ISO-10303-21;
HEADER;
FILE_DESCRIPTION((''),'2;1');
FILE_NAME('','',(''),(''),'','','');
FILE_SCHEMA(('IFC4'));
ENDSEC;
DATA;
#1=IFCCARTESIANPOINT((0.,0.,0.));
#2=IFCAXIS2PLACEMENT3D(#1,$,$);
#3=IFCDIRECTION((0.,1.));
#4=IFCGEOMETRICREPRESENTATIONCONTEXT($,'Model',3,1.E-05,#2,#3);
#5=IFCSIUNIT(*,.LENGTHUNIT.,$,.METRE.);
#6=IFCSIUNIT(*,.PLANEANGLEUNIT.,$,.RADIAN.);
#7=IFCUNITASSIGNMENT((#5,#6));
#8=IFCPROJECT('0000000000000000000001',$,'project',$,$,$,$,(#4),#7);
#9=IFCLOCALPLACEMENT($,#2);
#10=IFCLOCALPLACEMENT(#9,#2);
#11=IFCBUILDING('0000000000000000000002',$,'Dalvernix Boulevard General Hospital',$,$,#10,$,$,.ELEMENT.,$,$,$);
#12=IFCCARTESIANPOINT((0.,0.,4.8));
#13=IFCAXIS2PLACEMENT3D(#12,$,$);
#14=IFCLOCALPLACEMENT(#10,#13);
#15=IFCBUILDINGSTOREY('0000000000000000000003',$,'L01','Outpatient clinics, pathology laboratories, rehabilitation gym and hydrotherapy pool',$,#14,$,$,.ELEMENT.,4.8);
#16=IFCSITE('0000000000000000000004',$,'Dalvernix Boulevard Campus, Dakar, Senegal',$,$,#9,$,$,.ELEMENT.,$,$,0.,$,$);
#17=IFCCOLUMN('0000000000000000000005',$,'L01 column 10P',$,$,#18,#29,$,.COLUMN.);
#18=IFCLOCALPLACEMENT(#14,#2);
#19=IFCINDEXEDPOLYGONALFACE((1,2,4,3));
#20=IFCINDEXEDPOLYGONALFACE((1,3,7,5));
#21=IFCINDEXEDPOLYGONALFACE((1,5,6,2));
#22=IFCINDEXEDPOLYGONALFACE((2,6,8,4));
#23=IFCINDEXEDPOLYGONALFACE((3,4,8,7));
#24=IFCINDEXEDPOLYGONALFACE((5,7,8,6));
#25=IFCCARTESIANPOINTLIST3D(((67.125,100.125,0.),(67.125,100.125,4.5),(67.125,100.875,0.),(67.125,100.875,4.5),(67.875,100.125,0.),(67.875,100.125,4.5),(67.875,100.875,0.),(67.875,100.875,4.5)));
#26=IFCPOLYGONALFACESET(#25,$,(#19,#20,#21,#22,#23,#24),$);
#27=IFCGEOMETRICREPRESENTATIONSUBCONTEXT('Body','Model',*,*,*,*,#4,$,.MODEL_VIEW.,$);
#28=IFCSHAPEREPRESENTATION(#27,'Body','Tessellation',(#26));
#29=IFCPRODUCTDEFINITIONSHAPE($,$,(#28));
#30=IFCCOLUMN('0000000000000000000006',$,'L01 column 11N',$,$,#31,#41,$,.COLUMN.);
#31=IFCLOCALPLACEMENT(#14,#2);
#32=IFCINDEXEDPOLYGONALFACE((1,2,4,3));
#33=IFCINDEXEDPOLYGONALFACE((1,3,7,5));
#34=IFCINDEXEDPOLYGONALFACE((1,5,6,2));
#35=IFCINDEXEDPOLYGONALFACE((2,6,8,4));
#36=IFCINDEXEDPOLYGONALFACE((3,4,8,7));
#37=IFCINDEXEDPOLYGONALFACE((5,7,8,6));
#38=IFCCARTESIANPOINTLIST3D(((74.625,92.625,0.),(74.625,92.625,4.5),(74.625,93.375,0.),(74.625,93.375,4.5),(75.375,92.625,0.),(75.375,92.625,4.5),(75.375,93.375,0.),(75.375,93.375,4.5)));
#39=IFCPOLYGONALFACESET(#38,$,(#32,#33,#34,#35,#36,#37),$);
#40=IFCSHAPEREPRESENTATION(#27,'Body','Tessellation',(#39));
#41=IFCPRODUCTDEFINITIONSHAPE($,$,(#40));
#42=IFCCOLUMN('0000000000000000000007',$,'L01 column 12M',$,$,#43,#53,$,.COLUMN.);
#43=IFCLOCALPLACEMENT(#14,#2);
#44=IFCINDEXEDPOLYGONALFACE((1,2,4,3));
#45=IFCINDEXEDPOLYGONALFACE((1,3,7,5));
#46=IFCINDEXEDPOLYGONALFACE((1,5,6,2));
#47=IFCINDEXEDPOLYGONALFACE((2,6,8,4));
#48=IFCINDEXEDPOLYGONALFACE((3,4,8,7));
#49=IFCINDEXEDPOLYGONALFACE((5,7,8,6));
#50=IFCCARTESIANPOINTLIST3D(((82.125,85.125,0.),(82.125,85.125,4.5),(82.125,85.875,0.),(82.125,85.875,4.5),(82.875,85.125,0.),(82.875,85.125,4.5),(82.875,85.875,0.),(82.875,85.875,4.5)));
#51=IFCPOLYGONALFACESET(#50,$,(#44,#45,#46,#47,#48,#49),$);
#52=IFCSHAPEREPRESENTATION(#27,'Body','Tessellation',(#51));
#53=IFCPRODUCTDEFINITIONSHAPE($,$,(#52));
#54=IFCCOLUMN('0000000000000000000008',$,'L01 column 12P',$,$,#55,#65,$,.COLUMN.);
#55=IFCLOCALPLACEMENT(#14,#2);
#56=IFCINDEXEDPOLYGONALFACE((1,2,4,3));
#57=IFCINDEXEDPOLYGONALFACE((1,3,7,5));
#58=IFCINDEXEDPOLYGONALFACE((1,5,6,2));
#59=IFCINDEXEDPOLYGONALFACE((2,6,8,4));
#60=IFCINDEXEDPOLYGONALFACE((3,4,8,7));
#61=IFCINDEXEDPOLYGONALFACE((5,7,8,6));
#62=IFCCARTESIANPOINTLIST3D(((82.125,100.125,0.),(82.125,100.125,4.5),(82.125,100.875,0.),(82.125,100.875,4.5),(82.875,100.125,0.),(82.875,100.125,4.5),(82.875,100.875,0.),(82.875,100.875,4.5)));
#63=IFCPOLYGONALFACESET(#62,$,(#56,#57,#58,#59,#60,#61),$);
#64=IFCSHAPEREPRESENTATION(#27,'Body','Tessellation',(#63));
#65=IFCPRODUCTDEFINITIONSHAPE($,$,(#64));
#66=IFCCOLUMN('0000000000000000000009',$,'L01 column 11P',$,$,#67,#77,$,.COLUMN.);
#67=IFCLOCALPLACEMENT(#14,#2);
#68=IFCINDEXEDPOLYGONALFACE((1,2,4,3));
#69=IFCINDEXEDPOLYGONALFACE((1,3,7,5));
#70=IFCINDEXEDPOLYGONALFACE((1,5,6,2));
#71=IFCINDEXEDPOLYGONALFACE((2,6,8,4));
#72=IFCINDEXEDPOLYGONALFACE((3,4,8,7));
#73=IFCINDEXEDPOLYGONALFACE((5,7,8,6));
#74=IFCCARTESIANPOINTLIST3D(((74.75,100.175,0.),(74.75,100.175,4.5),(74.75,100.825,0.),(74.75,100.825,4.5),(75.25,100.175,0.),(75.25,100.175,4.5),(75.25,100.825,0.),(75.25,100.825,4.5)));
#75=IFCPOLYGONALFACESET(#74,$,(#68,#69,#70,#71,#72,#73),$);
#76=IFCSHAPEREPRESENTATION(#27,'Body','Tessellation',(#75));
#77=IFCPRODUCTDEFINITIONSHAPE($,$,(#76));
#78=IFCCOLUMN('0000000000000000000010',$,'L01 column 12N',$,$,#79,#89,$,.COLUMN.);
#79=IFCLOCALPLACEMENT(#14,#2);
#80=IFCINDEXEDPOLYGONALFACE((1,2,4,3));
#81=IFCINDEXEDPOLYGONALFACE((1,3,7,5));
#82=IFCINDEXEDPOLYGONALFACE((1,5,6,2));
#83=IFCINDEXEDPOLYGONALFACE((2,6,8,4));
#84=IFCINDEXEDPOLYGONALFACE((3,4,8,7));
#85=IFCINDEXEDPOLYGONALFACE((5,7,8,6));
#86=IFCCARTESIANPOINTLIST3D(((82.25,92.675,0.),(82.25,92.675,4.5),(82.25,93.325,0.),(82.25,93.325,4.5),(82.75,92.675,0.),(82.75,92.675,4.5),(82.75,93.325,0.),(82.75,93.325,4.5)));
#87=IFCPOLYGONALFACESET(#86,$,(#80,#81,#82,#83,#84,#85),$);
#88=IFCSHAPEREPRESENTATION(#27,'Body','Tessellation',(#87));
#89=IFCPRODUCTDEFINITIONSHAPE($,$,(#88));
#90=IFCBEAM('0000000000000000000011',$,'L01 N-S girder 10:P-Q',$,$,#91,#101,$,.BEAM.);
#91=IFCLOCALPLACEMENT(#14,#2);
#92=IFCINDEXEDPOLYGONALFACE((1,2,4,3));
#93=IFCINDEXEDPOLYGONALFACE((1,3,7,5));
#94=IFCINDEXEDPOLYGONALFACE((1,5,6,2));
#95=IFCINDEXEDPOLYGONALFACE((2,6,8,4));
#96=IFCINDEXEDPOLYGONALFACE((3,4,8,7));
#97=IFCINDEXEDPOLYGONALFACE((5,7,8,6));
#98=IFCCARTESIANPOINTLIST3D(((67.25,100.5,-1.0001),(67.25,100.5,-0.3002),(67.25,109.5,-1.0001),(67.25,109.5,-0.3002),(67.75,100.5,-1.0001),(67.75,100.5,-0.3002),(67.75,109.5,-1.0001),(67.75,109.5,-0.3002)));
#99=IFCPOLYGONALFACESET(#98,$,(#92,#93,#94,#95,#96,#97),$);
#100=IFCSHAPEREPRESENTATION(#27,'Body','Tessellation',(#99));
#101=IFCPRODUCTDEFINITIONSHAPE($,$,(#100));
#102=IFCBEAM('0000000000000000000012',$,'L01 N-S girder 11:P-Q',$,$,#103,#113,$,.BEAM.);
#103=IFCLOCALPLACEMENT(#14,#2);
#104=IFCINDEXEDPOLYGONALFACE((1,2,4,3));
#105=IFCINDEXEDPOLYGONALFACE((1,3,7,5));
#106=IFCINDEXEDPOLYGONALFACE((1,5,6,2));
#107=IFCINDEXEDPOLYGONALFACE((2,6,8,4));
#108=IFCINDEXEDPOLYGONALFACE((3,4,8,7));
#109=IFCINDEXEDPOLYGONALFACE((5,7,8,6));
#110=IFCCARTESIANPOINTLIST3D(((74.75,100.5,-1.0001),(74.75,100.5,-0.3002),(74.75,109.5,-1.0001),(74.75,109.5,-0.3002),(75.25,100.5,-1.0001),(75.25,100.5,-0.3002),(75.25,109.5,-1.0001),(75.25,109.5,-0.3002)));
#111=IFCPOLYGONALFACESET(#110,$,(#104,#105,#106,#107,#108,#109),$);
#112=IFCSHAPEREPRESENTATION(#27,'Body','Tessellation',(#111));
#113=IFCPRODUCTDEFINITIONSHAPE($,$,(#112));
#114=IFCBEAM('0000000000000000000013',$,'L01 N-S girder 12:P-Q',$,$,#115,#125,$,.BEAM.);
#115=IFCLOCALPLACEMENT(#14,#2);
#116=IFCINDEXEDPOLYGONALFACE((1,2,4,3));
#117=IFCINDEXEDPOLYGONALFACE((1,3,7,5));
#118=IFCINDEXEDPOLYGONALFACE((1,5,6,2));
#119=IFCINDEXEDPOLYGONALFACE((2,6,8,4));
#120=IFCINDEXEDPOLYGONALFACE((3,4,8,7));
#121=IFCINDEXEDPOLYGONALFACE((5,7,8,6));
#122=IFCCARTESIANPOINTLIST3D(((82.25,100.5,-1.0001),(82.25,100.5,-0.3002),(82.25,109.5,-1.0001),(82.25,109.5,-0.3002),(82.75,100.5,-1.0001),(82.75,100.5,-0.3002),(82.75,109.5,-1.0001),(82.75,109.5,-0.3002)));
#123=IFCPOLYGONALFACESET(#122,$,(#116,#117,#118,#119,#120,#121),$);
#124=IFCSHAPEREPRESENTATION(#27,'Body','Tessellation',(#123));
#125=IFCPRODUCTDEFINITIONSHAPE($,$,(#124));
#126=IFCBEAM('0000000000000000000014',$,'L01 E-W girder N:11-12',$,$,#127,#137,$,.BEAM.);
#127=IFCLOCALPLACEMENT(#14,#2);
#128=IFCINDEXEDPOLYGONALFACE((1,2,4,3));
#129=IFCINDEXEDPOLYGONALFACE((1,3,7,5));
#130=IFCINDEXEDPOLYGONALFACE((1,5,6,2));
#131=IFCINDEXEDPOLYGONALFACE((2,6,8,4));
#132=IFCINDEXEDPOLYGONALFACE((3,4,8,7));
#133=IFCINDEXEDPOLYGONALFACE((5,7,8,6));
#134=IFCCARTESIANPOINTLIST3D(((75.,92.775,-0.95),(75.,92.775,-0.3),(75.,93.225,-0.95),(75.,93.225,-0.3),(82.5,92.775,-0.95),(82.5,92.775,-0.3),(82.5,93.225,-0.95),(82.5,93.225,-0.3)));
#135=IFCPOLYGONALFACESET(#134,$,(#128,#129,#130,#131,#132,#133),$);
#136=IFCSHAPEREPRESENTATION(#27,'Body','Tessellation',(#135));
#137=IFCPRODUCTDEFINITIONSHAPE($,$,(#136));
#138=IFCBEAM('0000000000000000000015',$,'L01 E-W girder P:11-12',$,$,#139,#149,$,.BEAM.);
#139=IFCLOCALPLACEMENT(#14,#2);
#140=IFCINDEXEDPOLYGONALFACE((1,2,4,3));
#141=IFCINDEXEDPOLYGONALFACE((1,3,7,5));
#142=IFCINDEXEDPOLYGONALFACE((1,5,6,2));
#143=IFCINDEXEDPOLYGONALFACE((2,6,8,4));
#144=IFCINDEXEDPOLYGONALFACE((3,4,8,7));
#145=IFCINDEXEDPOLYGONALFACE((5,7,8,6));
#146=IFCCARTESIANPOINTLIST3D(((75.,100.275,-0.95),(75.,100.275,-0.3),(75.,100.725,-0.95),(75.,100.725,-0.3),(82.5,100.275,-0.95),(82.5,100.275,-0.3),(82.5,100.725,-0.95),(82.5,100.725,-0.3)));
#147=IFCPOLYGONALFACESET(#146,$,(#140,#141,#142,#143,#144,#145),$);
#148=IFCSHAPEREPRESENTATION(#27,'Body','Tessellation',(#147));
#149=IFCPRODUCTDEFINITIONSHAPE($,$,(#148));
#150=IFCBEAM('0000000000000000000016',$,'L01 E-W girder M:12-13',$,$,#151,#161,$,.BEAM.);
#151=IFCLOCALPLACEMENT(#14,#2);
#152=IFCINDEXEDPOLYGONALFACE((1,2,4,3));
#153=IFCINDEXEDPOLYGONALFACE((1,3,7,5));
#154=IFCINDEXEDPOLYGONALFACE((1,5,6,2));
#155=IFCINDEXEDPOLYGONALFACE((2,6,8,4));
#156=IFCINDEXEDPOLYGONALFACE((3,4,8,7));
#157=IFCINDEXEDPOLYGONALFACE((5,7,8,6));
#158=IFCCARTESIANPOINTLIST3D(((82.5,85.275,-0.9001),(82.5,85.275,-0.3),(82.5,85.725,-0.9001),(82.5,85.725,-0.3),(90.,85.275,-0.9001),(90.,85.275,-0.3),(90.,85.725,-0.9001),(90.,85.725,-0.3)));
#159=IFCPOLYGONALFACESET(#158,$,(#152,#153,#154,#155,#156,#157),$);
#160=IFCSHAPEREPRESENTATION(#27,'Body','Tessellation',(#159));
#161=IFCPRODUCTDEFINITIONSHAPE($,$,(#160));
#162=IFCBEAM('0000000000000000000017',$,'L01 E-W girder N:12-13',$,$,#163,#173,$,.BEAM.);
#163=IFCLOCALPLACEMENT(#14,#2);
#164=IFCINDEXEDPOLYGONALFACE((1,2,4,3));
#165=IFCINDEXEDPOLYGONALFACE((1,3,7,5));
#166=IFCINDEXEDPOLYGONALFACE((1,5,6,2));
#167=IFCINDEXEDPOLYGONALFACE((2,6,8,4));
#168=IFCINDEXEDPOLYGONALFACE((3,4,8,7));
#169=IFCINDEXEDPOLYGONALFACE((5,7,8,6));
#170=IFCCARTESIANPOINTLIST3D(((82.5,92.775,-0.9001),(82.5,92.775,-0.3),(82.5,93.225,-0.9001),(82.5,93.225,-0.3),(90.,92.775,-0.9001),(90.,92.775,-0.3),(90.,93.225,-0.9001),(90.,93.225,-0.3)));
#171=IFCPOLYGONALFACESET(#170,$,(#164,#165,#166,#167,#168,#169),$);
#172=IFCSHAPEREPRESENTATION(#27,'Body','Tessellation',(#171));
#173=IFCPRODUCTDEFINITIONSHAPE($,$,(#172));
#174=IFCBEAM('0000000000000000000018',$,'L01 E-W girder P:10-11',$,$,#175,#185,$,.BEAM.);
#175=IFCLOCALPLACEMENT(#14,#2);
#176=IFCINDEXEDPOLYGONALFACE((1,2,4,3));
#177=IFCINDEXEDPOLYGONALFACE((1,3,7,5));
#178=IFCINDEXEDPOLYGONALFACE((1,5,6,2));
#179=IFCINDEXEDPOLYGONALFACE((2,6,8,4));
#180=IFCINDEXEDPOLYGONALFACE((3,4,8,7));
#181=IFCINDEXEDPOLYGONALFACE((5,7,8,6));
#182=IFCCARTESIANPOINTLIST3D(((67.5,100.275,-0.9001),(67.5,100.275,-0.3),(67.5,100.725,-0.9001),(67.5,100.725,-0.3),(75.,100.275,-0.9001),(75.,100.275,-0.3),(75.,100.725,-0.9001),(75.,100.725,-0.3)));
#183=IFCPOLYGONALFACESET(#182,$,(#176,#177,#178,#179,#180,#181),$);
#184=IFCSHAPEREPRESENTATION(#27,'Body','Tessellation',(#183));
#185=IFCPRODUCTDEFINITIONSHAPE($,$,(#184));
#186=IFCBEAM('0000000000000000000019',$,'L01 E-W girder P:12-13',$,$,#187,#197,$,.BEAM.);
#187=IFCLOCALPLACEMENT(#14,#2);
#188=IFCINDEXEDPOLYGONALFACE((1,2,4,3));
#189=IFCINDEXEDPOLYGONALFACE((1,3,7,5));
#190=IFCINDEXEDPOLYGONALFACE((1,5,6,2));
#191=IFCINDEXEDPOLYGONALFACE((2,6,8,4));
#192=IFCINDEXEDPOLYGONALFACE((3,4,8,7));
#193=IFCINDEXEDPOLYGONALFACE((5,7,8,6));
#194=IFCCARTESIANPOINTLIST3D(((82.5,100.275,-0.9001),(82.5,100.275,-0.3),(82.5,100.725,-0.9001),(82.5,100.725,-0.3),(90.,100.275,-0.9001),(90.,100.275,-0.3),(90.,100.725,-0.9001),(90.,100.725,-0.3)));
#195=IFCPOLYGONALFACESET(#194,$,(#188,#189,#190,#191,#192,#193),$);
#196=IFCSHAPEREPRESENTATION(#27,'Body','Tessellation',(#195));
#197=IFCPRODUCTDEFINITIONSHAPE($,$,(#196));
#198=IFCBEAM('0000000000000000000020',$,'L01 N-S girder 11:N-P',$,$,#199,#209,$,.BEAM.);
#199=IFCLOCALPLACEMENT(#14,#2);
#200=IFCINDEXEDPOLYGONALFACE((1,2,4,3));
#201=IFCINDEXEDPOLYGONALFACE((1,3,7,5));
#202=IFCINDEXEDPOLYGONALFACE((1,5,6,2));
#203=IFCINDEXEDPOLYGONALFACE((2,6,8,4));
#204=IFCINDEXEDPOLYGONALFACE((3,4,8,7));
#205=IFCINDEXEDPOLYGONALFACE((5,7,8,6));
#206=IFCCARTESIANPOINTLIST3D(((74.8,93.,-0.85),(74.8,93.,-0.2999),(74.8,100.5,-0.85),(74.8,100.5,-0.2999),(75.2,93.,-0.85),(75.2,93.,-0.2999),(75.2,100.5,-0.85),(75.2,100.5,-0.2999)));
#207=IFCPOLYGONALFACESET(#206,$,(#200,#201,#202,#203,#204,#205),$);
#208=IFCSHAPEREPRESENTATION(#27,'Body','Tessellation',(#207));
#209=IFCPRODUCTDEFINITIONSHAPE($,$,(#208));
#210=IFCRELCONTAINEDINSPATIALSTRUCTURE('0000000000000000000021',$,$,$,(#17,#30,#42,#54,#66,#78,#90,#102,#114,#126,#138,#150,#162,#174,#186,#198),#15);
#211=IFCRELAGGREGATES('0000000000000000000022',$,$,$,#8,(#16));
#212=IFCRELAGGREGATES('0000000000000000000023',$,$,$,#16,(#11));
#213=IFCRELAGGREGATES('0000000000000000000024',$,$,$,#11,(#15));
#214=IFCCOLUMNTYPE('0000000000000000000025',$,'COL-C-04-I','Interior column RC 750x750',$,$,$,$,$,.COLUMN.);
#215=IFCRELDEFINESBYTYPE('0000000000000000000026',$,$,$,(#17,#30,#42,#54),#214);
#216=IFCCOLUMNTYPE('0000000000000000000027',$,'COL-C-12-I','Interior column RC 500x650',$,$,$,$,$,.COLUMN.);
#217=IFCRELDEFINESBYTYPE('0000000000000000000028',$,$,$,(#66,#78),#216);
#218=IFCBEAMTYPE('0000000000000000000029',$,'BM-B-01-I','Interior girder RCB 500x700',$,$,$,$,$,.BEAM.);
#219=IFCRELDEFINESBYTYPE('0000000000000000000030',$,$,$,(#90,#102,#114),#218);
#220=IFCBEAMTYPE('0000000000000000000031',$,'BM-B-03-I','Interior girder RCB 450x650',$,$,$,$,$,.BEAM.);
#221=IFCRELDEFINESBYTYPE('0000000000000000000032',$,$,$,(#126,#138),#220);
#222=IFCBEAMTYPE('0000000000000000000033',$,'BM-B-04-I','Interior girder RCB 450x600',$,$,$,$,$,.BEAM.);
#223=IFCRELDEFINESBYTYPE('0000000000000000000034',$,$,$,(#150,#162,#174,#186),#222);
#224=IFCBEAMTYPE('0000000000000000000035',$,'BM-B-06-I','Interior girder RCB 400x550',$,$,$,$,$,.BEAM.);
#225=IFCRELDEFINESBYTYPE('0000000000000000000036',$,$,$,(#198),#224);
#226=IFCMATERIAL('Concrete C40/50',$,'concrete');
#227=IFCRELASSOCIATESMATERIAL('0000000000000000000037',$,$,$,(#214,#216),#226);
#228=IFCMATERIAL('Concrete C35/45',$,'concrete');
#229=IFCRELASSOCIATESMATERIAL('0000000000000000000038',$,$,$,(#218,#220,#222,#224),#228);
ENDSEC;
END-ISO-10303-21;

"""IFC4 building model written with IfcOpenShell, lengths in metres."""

from ifc_helpers import new_model, si_unit, direction, frame, origin, origin_2d, place, context, subcontext, project, spatial, rectangle, extrude, material, material_profile, profile_set, type_object, element, save


model = new_model("IFC4")

# Units and contexts
model_context = context("Model", 3, precision=1e-05, world=origin(), true_north=direction((0.0, 1.0)))
body_context = subcontext(model_context, "Body", "Model", "MODEL_VIEW")
ifc_project = project(units=[si_unit("LENGTHUNIT", "METRE"), si_unit("PLANEANGLEUNIT", "RADIAN")], contexts=[model_context])

# Site, building, storey
site_placement = place(None, origin())
site = spatial("IfcSite", under=ifc_project, at=site_placement, Name="Dalvernix Boulevard Campus, Dakar, Senegal", CompositionType="ELEMENT", RefElevation=0.0)
building_placement = place(site_placement, origin())
building = spatial("IfcBuilding", under=site, at=building_placement, Name="Dalvernix Boulevard General Hospital", CompositionType="ELEMENT")
storey_placement = place(building_placement, frame((0.0, 0.0, 4.8)))
storey = spatial("IfcBuildingStorey", under=building, at=storey_placement, Name="L01", Description="Outpatient clinics, pathology laboratories, rehabilitation gym and hydrotherapy pool", CompositionType="ELEMENT", Elevation=4.8)

# Columns
ifc_material_1 = material(Name="Concrete C40/50", Category="concrete")
ifc_material_profile_1 = material_profile(ifc_material_1, rectangle(XDim=0.75, YDim=0.75, at=origin_2d()), Name="RC 750x750")
ifc_profile_set_1 = profile_set([ifc_material_profile_1], Name="Concrete C40/50")
column_type_1 = type_object("IfcColumnType", Name="COL-C-04-I", Description="Interior column RC 750x750", PredefinedType="COLUMN", material=ifc_profile_set_1)
for number, where, z_axis, x_axis, name in (
    (1, (67.5, 100.5, 0.0), (0.0, 0.0, 1.0), (1.0, 0.0, 0.0), "L01 column 10P"),
    (2, (75.0, 93.0, 0.0), (0.0, 0.0, 1.0), (1.0, 0.0, 0.0), "L01 column 11N"),
    (3, (82.5, 85.5, 0.0), (0.0, 0.0, 1.0), (1.0, 0.0, 0.0), "L01 column 12M"),
    (4, (82.5, 100.5, 0.0), (0.0, 0.0, 1.0), (1.0, 0.0, 0.0), "L01 column 12P"),
):
    element("IfcColumn", number, at=place(storey_placement, frame(where, z_axis=z_axis, x_axis=x_axis)), inside=storey, type_object=column_type_1, Name=name, PredefinedType="COLUMN", context=body_context, shape_type="SweptSolid", body=[
        extrude(rectangle(XDim=0.75, YDim=0.75, at=origin_2d()), origin(), (0.0, 0.0, 1.0), 4.5),
    ])
ifc_material_profile_2 = material_profile(ifc_material_1, rectangle(XDim=0.5, YDim=0.6499, at=origin_2d()), Name="RC 500x650")
ifc_profile_set_2 = profile_set([ifc_material_profile_2], Name="Concrete C40/50")
column_type_2 = type_object("IfcColumnType", Name="COL-C-12-I", Description="Interior column RC 500x650", PredefinedType="COLUMN", material=ifc_profile_set_2)
for number, where, z_axis, x_axis, name in (
    (5, (75.0, 100.5, 0.0), (0.0, 0.0, 1.0), (1.0, 0.0, 0.0), "L01 column 11P"),
    (6, (82.5, 93.0, 0.0), (0.0, 0.0, 1.0), (1.0, 0.0, 0.0), "L01 column 12N"),
):
    element("IfcColumn", number, at=place(storey_placement, frame(where, z_axis=z_axis, x_axis=x_axis)), inside=storey, type_object=column_type_2, Name=name, PredefinedType="COLUMN", context=body_context, shape_type="SweptSolid", body=[
        extrude(rectangle(XDim=0.5, YDim=0.6499, at=origin_2d()), origin(), (0.0, 0.0, 1.0), 4.5),
    ])

# Beams
ifc_material_2 = material(Name="Concrete C35/45", Category="concrete")
ifc_material_profile_3 = material_profile(ifc_material_2, rectangle(XDim=0.5, YDim=0.7, at=origin_2d()), Name="RCB 500x700")
ifc_profile_set_3 = profile_set([ifc_material_profile_3], Name="Concrete C35/45")
beam_type_1 = type_object("IfcBeamType", Name="BM-B-01-I", Description="Interior girder RCB 500x700", PredefinedType="BEAM", material=ifc_profile_set_3)
for number, where, z_axis, x_axis, name in (
    (7, (67.5, 100.5, -0.6501), (0.0, 1.0, 0.0), (-1.0, 0.0, 0.0), "L01 N-S girder 10:P-Q"),
    (8, (75.0, 100.5, -0.6501), (0.0, 1.0, 0.0), (-1.0, 0.0, 0.0), "L01 N-S girder 11:P-Q"),
    (9, (82.5, 100.5, -0.6501), (0.0, 1.0, 0.0), (-1.0, 0.0, 0.0), "L01 N-S girder 12:P-Q"),
):
    element("IfcBeam", number, at=place(storey_placement, frame(where, z_axis=z_axis, x_axis=x_axis)), inside=storey, type_object=beam_type_1, Name=name, PredefinedType="BEAM", context=body_context, shape_type="SweptSolid", body=[
        extrude(rectangle(XDim=0.5, YDim=0.7, at=origin_2d()), origin(), (0.0, 0.0, 1.0), 9.0),
    ])
ifc_material_profile_4 = material_profile(ifc_material_2, rectangle(XDim=0.45, YDim=0.6499, at=origin_2d()), Name="RCB 450x650")
ifc_profile_set_4 = profile_set([ifc_material_profile_4], Name="Concrete C35/45")
beam_type_2 = type_object("IfcBeamType", Name="BM-B-03-I", Description="Interior girder RCB 450x650", PredefinedType="BEAM", material=ifc_profile_set_4)
for number, where, z_axis, x_axis, name in (
    (10, (75.0, 93.0, -0.625), (1.0, 0.0, 0.0), (0.0, 1.0, 0.0), "L01 E-W girder N:11-12"),
    (11, (75.0, 100.5, -0.625), (1.0, 0.0, 0.0), (0.0, 1.0, 0.0), "L01 E-W girder P:11-12"),
):
    element("IfcBeam", number, at=place(storey_placement, frame(where, z_axis=z_axis, x_axis=x_axis)), inside=storey, type_object=beam_type_2, Name=name, PredefinedType="BEAM", context=body_context, shape_type="SweptSolid", body=[
        extrude(rectangle(XDim=0.45, YDim=0.6499, at=origin_2d()), origin(), (0.0, 0.0, 1.0), 7.5),
    ])
ifc_material_profile_5 = material_profile(ifc_material_2, rectangle(XDim=0.45, YDim=0.6001, at=origin_2d()), Name="RCB 450x600")
ifc_profile_set_5 = profile_set([ifc_material_profile_5], Name="Concrete C35/45")
beam_type_3 = type_object("IfcBeamType", Name="BM-B-04-I", Description="Interior girder RCB 450x600", PredefinedType="BEAM", material=ifc_profile_set_5)
for number, where, z_axis, x_axis, name in (
    (12, (82.5, 85.5, -0.6001), (1.0, 0.0, 0.0), (0.0, 1.0, 0.0), "L01 E-W girder M:12-13"),
    (13, (82.5, 93.0, -0.6001), (1.0, 0.0, 0.0), (0.0, 1.0, 0.0), "L01 E-W girder N:12-13"),
    (14, (67.5, 100.5, -0.6001), (1.0, 0.0, 0.0), (0.0, 1.0, 0.0), "L01 E-W girder P:10-11"),
    (15, (82.5, 100.5, -0.6001), (1.0, 0.0, 0.0), (0.0, 1.0, 0.0), "L01 E-W girder P:12-13"),
):
    element("IfcBeam", number, at=place(storey_placement, frame(where, z_axis=z_axis, x_axis=x_axis)), inside=storey, type_object=beam_type_3, Name=name, PredefinedType="BEAM", context=body_context, shape_type="SweptSolid", body=[
        extrude(rectangle(XDim=0.45, YDim=0.6001, at=origin_2d()), origin(), (0.0, 0.0, 1.0), 7.5),
    ])
ifc_material_profile_6 = material_profile(ifc_material_2, rectangle(XDim=0.3999, YDim=0.55, at=origin_2d()), Name="RCB 400x550")
ifc_profile_set_6 = profile_set([ifc_material_profile_6], Name="Concrete C35/45")
beam_type_4 = type_object("IfcBeamType", Name="BM-B-06-I", Description="Interior girder RCB 400x550", PredefinedType="BEAM", material=ifc_profile_set_6)
for number, where, z_axis, x_axis, name in (
    (16, (75.0, 93.0, -0.575), (0.0, 1.0, 0.0), (-1.0, 0.0, 0.0), "L01 N-S girder 11:N-P"),
):
    element("IfcBeam", number, at=place(storey_placement, frame(where, z_axis=z_axis, x_axis=x_axis)), inside=storey, type_object=beam_type_4, Name=name, PredefinedType="BEAM", context=body_context, shape_type="SweptSolid", body=[
        extrude(rectangle(XDim=0.3999, YDim=0.55, at=origin_2d()), origin(), (0.0, 0.0, 1.0), 7.5),
    ])

save(model, "model.ifc")
